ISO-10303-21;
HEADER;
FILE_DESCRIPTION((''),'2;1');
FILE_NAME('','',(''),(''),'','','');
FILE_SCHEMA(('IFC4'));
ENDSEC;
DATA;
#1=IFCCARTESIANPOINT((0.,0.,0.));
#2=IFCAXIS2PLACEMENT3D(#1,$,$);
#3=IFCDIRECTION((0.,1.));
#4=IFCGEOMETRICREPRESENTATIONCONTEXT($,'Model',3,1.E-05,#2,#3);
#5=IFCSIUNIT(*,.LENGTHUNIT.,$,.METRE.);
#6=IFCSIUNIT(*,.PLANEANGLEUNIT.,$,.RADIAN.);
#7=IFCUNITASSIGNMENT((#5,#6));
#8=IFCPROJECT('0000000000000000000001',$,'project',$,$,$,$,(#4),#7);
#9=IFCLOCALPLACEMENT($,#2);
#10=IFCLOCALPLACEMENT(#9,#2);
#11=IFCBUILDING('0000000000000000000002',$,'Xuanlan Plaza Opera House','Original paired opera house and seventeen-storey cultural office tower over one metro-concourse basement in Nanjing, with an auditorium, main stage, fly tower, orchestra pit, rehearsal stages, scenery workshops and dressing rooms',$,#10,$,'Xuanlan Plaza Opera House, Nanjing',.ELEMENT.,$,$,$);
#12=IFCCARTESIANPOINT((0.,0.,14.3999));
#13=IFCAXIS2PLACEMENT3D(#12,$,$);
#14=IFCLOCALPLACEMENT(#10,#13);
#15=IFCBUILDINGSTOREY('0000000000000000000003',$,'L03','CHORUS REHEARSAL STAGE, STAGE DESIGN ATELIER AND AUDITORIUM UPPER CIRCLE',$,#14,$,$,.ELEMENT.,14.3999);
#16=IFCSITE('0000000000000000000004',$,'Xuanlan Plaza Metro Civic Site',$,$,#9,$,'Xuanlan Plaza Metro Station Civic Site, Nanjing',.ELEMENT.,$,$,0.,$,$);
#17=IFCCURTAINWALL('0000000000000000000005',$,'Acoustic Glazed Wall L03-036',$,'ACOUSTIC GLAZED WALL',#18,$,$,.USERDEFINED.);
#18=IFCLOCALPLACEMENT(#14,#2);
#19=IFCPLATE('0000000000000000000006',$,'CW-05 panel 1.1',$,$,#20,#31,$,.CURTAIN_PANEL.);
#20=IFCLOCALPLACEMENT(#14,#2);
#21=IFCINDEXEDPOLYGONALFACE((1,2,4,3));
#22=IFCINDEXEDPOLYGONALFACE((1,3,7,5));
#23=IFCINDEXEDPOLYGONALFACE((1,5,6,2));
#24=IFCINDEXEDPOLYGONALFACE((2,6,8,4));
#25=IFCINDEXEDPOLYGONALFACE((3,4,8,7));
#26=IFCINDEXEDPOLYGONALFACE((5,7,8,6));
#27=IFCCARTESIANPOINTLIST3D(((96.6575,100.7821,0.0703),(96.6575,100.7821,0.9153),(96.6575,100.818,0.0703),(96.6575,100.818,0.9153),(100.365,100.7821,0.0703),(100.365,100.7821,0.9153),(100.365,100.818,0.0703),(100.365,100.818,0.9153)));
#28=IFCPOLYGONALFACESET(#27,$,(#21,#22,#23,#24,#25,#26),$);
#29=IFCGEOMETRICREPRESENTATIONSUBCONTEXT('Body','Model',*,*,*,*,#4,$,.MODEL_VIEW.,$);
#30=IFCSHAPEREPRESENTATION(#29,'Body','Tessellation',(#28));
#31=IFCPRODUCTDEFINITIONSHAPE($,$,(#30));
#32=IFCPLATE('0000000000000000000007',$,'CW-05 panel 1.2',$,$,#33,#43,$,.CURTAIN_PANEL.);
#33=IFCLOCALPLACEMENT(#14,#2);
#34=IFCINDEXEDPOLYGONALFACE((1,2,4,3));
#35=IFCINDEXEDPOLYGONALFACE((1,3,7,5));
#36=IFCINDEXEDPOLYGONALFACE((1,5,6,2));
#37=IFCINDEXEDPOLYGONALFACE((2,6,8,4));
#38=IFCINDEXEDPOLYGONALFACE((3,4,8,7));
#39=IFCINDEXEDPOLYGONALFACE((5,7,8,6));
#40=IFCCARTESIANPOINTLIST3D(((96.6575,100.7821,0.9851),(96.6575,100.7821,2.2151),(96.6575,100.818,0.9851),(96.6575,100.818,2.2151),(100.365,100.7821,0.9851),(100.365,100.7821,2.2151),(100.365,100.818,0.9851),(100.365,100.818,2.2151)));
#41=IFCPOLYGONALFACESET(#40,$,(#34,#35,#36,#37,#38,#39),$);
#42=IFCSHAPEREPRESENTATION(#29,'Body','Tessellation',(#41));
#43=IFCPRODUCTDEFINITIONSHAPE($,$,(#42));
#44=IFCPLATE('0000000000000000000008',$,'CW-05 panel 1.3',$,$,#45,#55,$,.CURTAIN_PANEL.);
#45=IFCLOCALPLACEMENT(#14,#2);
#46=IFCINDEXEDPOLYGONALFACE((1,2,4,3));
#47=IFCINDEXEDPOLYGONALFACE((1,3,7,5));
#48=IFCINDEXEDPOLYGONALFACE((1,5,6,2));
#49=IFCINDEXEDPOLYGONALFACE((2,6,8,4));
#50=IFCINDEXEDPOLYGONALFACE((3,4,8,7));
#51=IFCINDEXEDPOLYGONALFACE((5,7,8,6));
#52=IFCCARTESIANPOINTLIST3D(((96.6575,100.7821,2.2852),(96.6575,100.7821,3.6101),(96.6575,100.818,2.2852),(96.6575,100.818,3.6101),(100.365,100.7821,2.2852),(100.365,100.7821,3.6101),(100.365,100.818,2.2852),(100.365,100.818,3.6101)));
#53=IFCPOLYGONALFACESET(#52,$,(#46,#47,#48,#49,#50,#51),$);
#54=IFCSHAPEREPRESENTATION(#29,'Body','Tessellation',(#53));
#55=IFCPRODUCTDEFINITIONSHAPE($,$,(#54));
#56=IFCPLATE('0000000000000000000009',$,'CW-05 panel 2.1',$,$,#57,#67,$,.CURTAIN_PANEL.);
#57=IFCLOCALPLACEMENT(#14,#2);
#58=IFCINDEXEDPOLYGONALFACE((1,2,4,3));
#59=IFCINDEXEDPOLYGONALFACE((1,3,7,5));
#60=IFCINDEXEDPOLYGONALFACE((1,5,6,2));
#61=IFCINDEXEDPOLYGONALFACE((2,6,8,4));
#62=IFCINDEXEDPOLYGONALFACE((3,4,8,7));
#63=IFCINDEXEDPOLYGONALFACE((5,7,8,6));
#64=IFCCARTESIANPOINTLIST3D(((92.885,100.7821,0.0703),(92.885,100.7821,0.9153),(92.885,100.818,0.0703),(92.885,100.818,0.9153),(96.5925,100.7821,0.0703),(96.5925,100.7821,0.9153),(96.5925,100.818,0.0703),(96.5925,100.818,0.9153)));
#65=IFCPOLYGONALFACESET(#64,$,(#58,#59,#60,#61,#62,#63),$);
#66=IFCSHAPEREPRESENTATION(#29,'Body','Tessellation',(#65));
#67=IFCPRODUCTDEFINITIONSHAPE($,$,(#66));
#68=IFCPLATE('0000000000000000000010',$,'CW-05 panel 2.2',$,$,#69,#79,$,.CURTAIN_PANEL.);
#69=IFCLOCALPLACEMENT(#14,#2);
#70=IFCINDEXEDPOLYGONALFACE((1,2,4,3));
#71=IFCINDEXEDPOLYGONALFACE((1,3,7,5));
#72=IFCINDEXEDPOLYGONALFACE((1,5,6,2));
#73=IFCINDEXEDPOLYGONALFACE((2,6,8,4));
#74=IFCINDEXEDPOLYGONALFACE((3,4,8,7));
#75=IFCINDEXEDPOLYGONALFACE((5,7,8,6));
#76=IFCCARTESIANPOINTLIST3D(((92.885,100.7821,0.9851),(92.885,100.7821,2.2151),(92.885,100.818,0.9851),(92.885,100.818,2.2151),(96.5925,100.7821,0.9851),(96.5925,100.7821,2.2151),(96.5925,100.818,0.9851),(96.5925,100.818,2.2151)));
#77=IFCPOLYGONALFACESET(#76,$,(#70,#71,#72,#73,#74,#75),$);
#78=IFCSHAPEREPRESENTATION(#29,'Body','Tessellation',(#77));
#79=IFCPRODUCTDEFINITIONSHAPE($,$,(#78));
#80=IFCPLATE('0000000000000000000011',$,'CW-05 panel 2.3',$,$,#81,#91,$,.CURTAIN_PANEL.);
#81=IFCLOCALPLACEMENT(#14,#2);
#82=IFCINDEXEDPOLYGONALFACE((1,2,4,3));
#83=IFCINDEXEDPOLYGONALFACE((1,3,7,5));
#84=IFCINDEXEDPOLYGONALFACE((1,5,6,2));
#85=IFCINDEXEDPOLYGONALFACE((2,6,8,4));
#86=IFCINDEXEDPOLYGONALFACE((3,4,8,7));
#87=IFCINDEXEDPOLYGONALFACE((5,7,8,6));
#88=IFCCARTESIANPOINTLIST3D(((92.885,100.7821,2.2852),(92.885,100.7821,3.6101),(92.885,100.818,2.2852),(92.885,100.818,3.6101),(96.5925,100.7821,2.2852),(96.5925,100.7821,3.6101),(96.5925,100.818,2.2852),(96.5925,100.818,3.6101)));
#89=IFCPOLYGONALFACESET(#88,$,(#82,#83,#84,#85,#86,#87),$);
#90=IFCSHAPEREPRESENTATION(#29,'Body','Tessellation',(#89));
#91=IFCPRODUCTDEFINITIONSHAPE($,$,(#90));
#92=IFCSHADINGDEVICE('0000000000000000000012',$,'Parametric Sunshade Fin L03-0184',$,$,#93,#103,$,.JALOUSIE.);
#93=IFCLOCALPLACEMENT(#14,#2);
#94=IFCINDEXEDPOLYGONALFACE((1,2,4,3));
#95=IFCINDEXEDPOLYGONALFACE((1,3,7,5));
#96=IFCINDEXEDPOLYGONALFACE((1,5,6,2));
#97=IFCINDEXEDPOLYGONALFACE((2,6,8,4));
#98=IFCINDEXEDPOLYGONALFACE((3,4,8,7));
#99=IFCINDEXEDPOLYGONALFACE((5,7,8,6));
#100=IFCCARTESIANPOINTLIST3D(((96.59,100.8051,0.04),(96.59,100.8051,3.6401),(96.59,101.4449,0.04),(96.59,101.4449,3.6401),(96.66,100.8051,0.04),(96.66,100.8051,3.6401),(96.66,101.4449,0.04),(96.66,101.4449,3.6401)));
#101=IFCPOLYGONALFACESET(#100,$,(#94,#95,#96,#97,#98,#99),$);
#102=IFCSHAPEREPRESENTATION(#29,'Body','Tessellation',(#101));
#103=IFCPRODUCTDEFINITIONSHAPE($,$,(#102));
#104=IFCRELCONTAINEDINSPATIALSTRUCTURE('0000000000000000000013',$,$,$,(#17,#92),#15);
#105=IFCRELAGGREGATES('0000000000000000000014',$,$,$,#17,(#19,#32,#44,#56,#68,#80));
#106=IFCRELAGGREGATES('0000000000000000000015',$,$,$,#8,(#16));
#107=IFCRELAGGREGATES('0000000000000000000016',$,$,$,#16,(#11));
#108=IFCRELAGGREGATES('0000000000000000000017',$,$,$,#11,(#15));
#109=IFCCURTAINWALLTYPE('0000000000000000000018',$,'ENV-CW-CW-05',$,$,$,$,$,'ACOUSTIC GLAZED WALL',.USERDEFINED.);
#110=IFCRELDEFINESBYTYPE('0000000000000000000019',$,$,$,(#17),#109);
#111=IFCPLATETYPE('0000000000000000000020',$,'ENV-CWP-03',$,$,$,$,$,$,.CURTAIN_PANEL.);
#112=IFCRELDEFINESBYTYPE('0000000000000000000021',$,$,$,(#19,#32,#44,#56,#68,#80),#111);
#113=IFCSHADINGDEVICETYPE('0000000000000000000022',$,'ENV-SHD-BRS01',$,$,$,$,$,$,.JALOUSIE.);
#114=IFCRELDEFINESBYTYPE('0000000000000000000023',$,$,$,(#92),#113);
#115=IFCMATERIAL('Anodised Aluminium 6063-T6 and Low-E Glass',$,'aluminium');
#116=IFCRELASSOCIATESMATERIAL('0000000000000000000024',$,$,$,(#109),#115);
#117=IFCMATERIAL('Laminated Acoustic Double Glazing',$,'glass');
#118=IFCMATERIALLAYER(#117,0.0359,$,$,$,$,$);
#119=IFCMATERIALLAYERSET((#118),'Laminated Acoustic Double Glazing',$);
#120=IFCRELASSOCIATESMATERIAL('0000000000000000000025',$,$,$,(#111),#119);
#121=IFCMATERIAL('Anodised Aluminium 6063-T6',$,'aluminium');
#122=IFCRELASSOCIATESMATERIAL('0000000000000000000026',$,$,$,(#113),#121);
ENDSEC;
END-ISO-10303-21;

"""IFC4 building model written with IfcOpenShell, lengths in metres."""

from ifc_helpers import new_model, si_unit, direction, frame, origin, origin_2d, place, context, subcontext, project, spatial, rectangle, extrude, material, layer, layer_set, type_object, element, aggregate, save


model = new_model("IFC4")

# Units and contexts
model_context = context("Model", 3, precision=1e-05, world=origin(), true_north=direction((0.0, 1.0)))
body_context = subcontext(model_context, "Body", "Model", "MODEL_VIEW")
ifc_project = project(units=[si_unit("LENGTHUNIT", "METRE"), si_unit("PLANEANGLEUNIT", "RADIAN")], contexts=[model_context])

# Site, building, storey
site_placement = place(None, origin())
site = spatial("IfcSite", under=ifc_project, at=site_placement, Name="Xuanlan Plaza Metro Civic Site", LongName="Xuanlan Plaza Metro Station Civic Site, Nanjing", CompositionType="ELEMENT", RefElevation=0.0)
building_placement = place(site_placement, origin())
building = spatial("IfcBuilding", under=site, at=building_placement, Name="Xuanlan Plaza Opera House", Description="Original paired opera house and seventeen-storey cultural office tower over one metro-concourse basement in Nanjing, with an auditorium, main stage, fly tower, orchestra pit, rehearsal stages, scenery workshops and dressing rooms", LongName="Xuanlan Plaza Opera House, Nanjing", CompositionType="ELEMENT")
storey_placement = place(building_placement, frame((0.0, 0.0, 14.3999)))
storey = spatial("IfcBuildingStorey", under=building, at=storey_placement, Name="L03", Description="CHORUS REHEARSAL STAGE, STAGE DESIGN ATELIER AND AUDITORIUM UPPER CIRCLE", CompositionType="ELEMENT", Elevation=14.3999)

# Curtain wall
ifc_material_1 = material(Name="Anodised Aluminium 6063-T6 and Low-E Glass", Category="aluminium")
curtain_wall_type_1 = type_object("IfcCurtainWallType", Name="ENV-CW-CW-05", ElementType="ACOUSTIC GLAZED WALL", PredefinedType="USERDEFINED", material=ifc_material_1)
curtain_wall_1_placement = place(storey_placement, origin())
curtain_wall_1 = element("IfcCurtainWall", 1, at=curtain_wall_1_placement, inside=storey, type_object=curtain_wall_type_1, Name="Acoustic Glazed Wall L03-036", ObjectType="ACOUSTIC GLAZED WALL", PredefinedType="USERDEFINED")
ifc_material_2 = material(Name="Anodised Aluminium 6063-T6", Category="aluminium")

# Plates
ifc_material_3 = material(Name="Laminated Acoustic Double Glazing", Category="glass")
ifc_layer = layer(ifc_material_3, 0.0359)
ifc_layer_set = layer_set([ifc_layer], Name="Laminated Acoustic Double Glazing")
plate_type = type_object("IfcPlateType", Name="ENV-CWP-03", PredefinedType="CURTAIN_PANEL", material=ifc_layer_set)
plate_1_placement = place(storey_placement, frame((98.5112, 100.8, 0.0703), z_axis=(0.0, 0.0, 1.0), x_axis=(-1.0, 0.0, 0.0)))
plate_1 = element("IfcPlate", 2, at=plate_1_placement, type_object=plate_type, Name="CW-05 panel 1.1", PredefinedType="CURTAIN_PANEL", context=body_context, shape_type="SweptSolid", body=[
    extrude(rectangle(XDim=3.7075, YDim=0.0359, at=origin_2d()), origin(), (0.0, 0.0, 1.0), 0.845),
])
plate_2_placement = place(storey_placement, frame((98.5112, 100.8, 0.9851), z_axis=(0.0, 0.0, 1.0), x_axis=(-1.0, 0.0, 0.0)))
plate_2 = element("IfcPlate", 3, at=plate_2_placement, type_object=plate_type, Name="CW-05 panel 1.2", PredefinedType="CURTAIN_PANEL", context=body_context, shape_type="SweptSolid", body=[
    extrude(rectangle(XDim=3.7075, YDim=0.0359, at=origin_2d()), origin(), (0.0, 0.0, 1.0), 1.23),
])
plate_3_placement = place(storey_placement, frame((98.5112, 100.8, 2.2852), z_axis=(0.0, 0.0, 1.0), x_axis=(-1.0, 0.0, 0.0)))
plate_3 = element("IfcPlate", 4, at=plate_3_placement, type_object=plate_type, Name="CW-05 panel 1.3", PredefinedType="CURTAIN_PANEL", context=body_context, shape_type="SweptSolid", body=[
    extrude(rectangle(XDim=3.7075, YDim=0.0359, at=origin_2d()), origin(), (0.0, 0.0, 1.0), 1.325),
])
plate_4_placement = place(storey_placement, frame((94.7388, 100.8, 0.0703), z_axis=(0.0, 0.0, 1.0), x_axis=(-1.0, 0.0, 0.0)))
plate_4 = element("IfcPlate", 5, at=plate_4_placement, type_object=plate_type, Name="CW-05 panel 2.1", PredefinedType="CURTAIN_PANEL", context=body_context, shape_type="SweptSolid", body=[
    extrude(rectangle(XDim=3.7075, YDim=0.0359, at=origin_2d()), origin(), (0.0, 0.0, 1.0), 0.845),
])
plate_5_placement = place(storey_placement, frame((94.7388, 100.8, 0.9851), z_axis=(0.0, 0.0, 1.0), x_axis=(-1.0, 0.0, 0.0)))
plate_5 = element("IfcPlate", 6, at=plate_5_placement, type_object=plate_type, Name="CW-05 panel 2.2", PredefinedType="CURTAIN_PANEL", context=body_context, shape_type="SweptSolid", body=[
    extrude(rectangle(XDim=3.7075, YDim=0.0359, at=origin_2d()), origin(), (0.0, 0.0, 1.0), 1.23),
])
plate_6_placement = place(storey_placement, frame((94.7388, 100.8, 2.2852), z_axis=(0.0, 0.0, 1.0), x_axis=(-1.0, 0.0, 0.0)))
plate_6 = element("IfcPlate", 7, at=plate_6_placement, type_object=plate_type, Name="CW-05 panel 2.3", PredefinedType="CURTAIN_PANEL", context=body_context, shape_type="SweptSolid", body=[
    extrude(rectangle(XDim=3.7075, YDim=0.0359, at=origin_2d()), origin(), (0.0, 0.0, 1.0), 1.325),
])
aggregate(curtain_wall_1, [plate_1, plate_2, plate_3, plate_4, plate_5, plate_6])

# Shading device
shading_device_type = type_object("IfcShadingDeviceType", Name="ENV-SHD-BRS01", PredefinedType="JALOUSIE", material=ifc_material_2)
shading_device_placement = place(storey_placement, frame((96.625, 101.125, 0.04), z_axis=(0.0, 0.0, 1.0), x_axis=(0.0, 1.0, 0.0)))
element("IfcShadingDevice", 8, at=shading_device_placement, inside=storey, type_object=shading_device_type, Name="Parametric Sunshade Fin L03-0184", PredefinedType="JALOUSIE", context=body_context, shape_type="SweptSolid", body=[
    extrude(rectangle(XDim=0.6399, YDim=0.0701, at=origin_2d()), origin(), (0.0, 0.0, 1.0), 3.6001),
])

save(model, "model.ifc")
